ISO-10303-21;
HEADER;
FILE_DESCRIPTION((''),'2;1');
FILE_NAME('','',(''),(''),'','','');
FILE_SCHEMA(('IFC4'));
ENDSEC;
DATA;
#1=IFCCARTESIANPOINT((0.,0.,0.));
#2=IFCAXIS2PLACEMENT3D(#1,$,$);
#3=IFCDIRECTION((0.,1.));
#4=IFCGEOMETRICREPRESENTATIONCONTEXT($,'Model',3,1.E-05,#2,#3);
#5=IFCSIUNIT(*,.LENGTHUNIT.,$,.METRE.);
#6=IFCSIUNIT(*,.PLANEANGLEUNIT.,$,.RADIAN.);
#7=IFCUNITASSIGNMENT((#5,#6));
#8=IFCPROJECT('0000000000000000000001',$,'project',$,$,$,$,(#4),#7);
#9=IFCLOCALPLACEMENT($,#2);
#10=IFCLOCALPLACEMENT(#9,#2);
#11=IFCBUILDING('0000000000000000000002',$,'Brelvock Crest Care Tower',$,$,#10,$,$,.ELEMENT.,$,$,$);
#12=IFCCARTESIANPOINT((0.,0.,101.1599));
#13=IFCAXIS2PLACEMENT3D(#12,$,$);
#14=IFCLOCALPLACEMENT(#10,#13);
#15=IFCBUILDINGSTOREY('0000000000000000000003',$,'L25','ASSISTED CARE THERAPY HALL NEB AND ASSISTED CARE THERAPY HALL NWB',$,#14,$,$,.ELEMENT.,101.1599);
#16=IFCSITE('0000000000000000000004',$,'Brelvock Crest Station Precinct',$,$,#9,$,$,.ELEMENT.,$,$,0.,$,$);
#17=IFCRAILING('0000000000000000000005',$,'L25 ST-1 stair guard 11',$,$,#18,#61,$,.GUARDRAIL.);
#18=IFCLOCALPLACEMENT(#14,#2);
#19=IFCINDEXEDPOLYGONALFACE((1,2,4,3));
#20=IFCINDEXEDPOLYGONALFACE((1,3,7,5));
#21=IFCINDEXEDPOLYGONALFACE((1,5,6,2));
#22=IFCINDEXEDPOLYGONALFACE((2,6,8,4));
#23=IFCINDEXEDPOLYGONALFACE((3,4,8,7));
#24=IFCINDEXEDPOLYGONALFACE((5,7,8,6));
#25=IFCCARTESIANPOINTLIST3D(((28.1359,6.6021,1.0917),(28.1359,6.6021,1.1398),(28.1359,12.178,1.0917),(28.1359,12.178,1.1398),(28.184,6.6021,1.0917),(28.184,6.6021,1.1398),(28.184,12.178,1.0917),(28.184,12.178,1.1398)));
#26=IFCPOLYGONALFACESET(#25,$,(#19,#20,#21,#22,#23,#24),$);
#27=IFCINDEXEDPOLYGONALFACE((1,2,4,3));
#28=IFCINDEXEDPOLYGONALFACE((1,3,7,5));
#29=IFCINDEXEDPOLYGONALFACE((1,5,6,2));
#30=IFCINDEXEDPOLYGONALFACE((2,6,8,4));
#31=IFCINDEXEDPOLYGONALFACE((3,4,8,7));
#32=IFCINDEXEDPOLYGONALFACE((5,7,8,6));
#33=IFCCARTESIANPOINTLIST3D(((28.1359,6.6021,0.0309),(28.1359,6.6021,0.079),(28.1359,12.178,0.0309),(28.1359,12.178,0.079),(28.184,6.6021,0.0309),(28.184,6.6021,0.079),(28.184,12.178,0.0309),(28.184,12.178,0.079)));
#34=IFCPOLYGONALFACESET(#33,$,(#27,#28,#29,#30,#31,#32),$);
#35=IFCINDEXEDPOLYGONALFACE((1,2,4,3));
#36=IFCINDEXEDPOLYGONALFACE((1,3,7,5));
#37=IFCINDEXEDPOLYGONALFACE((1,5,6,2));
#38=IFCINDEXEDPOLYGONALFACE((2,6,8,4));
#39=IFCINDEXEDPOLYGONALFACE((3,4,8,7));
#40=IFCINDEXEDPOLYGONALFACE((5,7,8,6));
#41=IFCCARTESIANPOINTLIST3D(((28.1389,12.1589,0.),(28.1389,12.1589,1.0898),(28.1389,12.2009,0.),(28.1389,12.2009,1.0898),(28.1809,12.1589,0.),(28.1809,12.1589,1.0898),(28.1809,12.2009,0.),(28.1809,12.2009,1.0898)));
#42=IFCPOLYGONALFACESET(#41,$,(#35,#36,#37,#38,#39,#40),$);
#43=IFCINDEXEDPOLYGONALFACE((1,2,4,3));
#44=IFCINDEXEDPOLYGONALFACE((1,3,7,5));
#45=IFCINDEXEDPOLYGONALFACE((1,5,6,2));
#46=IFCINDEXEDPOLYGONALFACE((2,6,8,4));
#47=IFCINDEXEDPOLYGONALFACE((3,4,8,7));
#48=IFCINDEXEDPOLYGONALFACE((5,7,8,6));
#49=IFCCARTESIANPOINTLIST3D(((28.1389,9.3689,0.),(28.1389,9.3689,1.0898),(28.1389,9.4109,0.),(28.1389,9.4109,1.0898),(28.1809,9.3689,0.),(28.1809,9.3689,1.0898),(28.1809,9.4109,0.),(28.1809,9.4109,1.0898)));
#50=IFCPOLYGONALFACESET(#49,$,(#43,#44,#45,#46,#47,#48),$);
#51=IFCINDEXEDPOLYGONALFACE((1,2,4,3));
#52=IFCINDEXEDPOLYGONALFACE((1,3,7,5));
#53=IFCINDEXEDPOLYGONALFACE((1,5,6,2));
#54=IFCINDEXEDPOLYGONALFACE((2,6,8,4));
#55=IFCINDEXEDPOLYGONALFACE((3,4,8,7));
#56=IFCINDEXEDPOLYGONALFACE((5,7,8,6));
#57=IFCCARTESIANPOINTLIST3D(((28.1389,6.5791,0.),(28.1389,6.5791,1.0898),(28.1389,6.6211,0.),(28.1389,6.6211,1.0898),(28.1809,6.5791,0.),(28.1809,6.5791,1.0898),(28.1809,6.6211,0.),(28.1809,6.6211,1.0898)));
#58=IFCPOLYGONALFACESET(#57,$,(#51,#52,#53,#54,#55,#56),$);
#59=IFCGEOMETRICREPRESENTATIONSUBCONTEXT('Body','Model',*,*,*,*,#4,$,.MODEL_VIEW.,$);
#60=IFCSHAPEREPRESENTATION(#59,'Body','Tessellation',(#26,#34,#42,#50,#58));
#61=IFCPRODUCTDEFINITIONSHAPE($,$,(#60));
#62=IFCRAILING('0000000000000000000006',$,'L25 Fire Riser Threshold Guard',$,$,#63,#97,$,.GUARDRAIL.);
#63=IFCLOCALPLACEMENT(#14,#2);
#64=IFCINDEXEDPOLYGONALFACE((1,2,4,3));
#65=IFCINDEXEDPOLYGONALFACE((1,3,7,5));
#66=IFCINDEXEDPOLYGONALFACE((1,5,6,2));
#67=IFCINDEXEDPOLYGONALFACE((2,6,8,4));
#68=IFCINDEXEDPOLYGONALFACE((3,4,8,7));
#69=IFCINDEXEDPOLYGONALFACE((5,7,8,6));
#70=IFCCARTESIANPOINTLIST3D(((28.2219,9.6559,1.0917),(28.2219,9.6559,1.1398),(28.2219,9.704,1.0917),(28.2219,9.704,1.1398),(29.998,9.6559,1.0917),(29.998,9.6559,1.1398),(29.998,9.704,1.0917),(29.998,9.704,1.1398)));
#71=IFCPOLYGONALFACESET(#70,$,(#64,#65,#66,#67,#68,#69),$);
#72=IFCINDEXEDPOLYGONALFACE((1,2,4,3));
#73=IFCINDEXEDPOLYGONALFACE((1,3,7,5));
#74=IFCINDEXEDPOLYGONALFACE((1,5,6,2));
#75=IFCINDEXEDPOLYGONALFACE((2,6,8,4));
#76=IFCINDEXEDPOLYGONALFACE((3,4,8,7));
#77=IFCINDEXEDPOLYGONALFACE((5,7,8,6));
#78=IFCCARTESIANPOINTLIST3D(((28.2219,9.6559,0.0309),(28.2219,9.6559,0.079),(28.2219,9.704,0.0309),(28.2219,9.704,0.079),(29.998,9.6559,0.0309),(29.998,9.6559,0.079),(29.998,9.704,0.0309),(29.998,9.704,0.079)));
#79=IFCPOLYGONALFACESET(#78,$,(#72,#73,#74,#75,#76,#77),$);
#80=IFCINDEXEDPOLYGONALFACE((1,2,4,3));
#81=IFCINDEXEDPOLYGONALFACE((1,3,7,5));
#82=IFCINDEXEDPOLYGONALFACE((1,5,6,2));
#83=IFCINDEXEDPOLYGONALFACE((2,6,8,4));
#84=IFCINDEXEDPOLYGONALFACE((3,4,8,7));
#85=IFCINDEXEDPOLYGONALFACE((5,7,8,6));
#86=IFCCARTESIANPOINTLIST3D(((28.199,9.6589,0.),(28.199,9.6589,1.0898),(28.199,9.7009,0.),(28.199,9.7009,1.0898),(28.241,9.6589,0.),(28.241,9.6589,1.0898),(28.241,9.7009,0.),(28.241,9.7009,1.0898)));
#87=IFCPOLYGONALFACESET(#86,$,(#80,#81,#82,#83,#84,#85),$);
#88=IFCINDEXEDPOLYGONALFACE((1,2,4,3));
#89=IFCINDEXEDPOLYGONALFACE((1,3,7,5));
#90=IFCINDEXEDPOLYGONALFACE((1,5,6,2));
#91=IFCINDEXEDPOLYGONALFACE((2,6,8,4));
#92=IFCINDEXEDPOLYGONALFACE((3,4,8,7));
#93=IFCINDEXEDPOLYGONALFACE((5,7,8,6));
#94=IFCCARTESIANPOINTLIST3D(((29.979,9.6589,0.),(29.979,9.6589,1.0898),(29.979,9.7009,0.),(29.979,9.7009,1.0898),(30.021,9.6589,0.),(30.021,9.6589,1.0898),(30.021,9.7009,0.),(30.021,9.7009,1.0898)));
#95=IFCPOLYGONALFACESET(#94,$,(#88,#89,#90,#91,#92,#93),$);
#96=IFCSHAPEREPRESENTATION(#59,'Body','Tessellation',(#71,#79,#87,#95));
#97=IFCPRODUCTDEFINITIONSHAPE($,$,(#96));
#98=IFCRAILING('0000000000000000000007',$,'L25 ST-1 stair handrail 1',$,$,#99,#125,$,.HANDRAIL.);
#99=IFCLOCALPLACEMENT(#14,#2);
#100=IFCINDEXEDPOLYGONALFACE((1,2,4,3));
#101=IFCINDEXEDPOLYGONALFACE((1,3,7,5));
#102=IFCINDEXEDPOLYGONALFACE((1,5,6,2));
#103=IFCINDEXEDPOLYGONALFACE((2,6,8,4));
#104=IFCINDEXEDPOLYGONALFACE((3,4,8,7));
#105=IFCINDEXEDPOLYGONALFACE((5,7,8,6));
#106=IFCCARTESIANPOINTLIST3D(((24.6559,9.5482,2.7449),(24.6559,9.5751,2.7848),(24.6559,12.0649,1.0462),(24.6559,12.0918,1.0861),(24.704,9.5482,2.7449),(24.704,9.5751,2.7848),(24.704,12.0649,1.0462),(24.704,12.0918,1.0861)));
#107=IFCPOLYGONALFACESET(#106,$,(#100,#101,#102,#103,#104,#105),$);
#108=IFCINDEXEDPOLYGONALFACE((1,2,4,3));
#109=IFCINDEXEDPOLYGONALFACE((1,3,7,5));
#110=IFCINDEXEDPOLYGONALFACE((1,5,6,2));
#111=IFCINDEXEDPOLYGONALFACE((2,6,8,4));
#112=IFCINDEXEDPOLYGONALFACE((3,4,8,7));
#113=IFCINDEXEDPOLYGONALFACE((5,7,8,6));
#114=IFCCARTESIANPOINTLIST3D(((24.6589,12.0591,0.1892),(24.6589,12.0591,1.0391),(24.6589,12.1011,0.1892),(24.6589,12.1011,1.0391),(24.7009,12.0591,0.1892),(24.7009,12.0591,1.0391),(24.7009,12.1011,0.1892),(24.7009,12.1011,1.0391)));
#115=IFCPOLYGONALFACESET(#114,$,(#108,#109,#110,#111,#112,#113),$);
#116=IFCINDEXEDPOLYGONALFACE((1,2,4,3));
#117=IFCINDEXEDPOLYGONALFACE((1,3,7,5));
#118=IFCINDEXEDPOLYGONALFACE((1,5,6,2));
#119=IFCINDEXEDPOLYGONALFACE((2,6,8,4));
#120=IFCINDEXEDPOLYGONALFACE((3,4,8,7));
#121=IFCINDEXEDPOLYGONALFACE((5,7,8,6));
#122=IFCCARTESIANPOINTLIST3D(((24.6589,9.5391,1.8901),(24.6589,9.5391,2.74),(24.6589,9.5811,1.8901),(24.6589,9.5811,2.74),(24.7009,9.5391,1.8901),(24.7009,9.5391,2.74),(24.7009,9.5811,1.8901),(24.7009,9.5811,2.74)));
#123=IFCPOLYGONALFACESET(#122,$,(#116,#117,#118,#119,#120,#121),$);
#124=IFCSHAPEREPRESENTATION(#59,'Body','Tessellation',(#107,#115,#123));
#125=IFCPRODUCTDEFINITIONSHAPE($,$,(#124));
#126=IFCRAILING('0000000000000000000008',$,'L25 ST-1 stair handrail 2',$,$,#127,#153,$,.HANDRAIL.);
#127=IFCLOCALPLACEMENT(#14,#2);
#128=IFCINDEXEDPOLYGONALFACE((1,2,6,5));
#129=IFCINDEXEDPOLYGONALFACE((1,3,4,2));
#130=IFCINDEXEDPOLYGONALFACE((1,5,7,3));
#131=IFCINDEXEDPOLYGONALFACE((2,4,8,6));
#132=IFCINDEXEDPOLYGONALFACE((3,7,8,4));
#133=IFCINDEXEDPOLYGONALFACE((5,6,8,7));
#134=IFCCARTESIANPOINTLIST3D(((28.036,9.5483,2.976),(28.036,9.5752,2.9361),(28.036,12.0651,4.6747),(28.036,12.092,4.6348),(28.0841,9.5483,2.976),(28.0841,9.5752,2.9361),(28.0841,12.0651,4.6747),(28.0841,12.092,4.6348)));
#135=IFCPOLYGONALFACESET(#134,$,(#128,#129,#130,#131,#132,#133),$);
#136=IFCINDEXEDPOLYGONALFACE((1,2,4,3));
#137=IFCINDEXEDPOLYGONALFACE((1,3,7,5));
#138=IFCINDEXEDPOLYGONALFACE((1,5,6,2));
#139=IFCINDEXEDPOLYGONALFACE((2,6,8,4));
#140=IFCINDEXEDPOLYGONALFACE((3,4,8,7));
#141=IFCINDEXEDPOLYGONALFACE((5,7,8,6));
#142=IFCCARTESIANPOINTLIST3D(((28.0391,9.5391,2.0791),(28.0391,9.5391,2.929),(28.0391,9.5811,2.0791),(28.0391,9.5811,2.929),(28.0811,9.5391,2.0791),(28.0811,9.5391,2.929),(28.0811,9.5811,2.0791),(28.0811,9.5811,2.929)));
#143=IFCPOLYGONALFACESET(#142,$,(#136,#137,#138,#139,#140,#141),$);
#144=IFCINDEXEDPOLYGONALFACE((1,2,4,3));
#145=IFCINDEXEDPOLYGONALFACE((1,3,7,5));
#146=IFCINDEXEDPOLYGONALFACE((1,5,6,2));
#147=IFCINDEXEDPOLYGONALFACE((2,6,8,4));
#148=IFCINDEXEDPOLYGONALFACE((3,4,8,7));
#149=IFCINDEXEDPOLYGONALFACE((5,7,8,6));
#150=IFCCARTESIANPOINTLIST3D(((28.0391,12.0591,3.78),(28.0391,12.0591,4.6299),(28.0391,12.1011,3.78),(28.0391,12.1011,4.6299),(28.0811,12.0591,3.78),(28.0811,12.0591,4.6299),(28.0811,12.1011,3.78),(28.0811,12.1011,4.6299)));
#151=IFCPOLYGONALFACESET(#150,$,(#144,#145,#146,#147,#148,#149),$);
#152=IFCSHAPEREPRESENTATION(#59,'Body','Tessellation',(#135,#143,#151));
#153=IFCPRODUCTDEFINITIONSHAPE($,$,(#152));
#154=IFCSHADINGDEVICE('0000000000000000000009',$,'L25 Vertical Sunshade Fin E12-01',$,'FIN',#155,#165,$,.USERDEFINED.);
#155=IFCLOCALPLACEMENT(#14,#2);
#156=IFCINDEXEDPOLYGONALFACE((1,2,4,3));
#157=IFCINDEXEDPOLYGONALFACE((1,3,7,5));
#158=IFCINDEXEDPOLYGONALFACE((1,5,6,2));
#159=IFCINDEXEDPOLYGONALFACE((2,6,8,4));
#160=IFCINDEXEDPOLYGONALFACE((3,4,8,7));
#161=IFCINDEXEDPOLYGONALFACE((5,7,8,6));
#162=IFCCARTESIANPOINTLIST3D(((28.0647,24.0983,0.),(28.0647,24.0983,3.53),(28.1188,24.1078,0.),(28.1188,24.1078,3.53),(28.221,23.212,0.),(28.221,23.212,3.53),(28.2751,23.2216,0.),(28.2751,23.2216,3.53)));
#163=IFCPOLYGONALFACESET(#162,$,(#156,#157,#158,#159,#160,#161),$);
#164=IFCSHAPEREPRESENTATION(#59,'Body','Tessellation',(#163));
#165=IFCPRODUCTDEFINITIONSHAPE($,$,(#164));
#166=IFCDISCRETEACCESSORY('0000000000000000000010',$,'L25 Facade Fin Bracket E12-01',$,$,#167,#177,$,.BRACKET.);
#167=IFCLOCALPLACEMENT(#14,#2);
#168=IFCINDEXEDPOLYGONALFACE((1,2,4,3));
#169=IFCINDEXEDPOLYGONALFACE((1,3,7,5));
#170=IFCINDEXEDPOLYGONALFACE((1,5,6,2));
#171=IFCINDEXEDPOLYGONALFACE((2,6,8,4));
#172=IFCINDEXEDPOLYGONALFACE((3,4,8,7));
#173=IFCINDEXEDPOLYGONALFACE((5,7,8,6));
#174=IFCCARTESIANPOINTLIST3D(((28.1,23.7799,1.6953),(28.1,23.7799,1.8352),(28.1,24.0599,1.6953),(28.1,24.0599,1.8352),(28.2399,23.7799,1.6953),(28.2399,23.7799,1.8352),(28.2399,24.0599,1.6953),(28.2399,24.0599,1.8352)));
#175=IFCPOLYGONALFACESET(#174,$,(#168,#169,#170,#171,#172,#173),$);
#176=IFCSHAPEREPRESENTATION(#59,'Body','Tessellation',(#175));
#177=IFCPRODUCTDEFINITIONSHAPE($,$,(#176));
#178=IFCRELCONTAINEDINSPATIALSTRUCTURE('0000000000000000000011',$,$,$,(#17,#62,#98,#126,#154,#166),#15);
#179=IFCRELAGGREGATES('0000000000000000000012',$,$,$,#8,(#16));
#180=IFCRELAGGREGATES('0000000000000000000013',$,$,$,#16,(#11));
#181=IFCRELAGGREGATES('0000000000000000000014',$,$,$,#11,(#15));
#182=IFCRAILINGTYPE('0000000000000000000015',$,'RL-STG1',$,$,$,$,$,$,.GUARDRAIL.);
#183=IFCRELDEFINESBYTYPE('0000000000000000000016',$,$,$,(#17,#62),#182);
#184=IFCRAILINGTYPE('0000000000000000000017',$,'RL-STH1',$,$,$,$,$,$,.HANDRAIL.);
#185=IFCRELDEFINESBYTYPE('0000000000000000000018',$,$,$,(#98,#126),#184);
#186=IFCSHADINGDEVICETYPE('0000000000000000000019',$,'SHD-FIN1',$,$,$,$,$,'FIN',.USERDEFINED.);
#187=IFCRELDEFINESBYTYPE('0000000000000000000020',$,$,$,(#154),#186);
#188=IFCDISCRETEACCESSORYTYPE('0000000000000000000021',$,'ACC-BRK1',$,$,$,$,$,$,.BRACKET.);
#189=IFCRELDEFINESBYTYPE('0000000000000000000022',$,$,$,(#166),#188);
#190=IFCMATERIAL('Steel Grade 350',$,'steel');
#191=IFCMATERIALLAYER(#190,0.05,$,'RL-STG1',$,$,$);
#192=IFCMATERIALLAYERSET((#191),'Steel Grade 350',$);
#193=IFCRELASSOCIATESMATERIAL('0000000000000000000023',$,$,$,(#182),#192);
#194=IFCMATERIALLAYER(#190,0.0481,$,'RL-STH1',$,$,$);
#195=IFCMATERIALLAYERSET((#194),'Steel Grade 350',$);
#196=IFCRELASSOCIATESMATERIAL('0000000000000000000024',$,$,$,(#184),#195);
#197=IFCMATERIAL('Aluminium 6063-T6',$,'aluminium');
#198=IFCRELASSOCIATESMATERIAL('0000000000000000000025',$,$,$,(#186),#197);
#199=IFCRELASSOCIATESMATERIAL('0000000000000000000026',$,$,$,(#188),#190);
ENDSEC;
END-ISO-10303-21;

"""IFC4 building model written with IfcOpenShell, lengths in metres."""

from ifc_helpers import new_model, si_unit, direction, frame, origin, origin_2d, place, context, subcontext, project, spatial, rectangle, extrude, source, transform, mapped, material, layer, layer_set, material_profile, profile_set, type_object, element, save


model = new_model("IFC4")

# Units and contexts
model_context = context("Model", 3, precision=1e-05, world=origin(), true_north=direction((0.0, 1.0)))
body_context = subcontext(model_context, "Body", "Model", "MODEL_VIEW")
ifc_project = project(units=[si_unit("LENGTHUNIT", "METRE"), si_unit("PLANEANGLEUNIT", "RADIAN")], contexts=[model_context])

# Site, building, storey
site_placement = place(None, origin())
site = spatial("IfcSite", under=ifc_project, at=site_placement, Name="Brelvock Crest Station Precinct", CompositionType="ELEMENT", RefElevation=0.0)
building_placement = place(site_placement, origin())
building = spatial("IfcBuilding", under=site, at=building_placement, Name="Brelvock Crest Care Tower", CompositionType="ELEMENT")
storey_placement = place(building_placement, frame((0.0, 0.0, 101.1599)))
storey = spatial("IfcBuildingStorey", under=building, at=storey_placement, Name="L25", Description="ASSISTED CARE THERAPY HALL NEB AND ASSISTED CARE THERAPY HALL NWB", CompositionType="ELEMENT", Elevation=101.1599)

# Shared definitions
ifc_material_1 = material(Name="Steel Grade 350", Category="steel")

# Railings
ifc_layer_1 = layer(ifc_material_1, 0.05, Name="RL-STG1")
ifc_layer_set_1 = layer_set([ifc_layer_1], Name="Steel Grade 350")
railing_type_1 = type_object("IfcRailingType", Name="RL-STG1", PredefinedType="GUARDRAIL", material=ifc_layer_set_1)
railing_1_placement = place(storey_placement, frame((28.1599, 12.1799, 0.0)))
element("IfcRailing", 1, at=railing_1_placement, inside=storey, type_object=railing_type_1, Name="L25 ST-1 stair guard 11", PredefinedType="GUARDRAIL", context=body_context, shape_type="SweptSolid", body=[
    extrude(rectangle(XDim=0.0481, YDim=0.0481, at=origin_2d()), frame((0.0, -0.002, 1.1157), z_axis=(0.0, -1.0, 0.0), x_axis=(1.0, 0.0, 0.0)), (0.0, 0.0, 1.0), 5.5759),
    extrude(rectangle(XDim=0.0481, YDim=0.0481, at=origin_2d()), frame((0.0, -0.002, 0.0549), z_axis=(0.0, -1.0, 0.0), x_axis=(1.0, 0.0, 0.0)), (0.0, 0.0, 1.0), 5.5759),
    extrude(rectangle(XDim=0.042, YDim=0.042, at=origin_2d()), origin(), (0.0, 0.0, 1.0), 1.0898),
    extrude(rectangle(XDim=0.042, YDim=0.042, at=origin_2d()), frame((0.0, -2.79, 0.0)), (0.0, 0.0, 1.0), 1.0898),
    extrude(rectangle(XDim=0.042, YDim=0.042, at=origin_2d()), frame((0.0, -5.5798, 0.0)), (0.0, 0.0, 1.0), 1.0898),
])
railing_2_placement = place(storey_placement, frame((28.22, 9.6799, 0.0)))
element("IfcRailing", 2, at=railing_2_placement, inside=storey, type_object=railing_type_1, Name="L25 Fire Riser Threshold Guard", PredefinedType="GUARDRAIL", context=body_context, shape_type="SweptSolid", body=[
    extrude(rectangle(XDim=0.0481, YDim=0.0481, at=origin_2d()), frame((0.002, 0.0, 1.1157), z_axis=(1.0, 0.0, 0.0), x_axis=(0.0, 1.0, 0.0)), (0.0, 0.0, 1.0), 1.7761),
    extrude(rectangle(XDim=0.0481, YDim=0.0481, at=origin_2d()), frame((0.002, 0.0, 0.0549), z_axis=(1.0, 0.0, 0.0), x_axis=(0.0, 1.0, 0.0)), (0.0, 0.0, 1.0), 1.7761),
    extrude(rectangle(XDim=0.042, YDim=0.042, at=origin_2d()), origin(), (0.0, 0.0, 1.0), 1.0898),
    extrude(rectangle(XDim=0.042, YDim=0.042, at=origin_2d()), frame((1.78, 0.0, 0.0)), (0.0, 0.0, 1.0), 1.0898),
])
ifc_layer_2 = layer(ifc_material_1, 0.0481, Name="RL-STH1")
ifc_layer_set_2 = layer_set([ifc_layer_2], Name="Steel Grade 350")
railing_type_2 = type_object("IfcRailingType", Name="RL-STH1", PredefinedType="HANDRAIL", material=ifc_layer_set_2)
railing_3_placement = place(storey_placement, frame((24.6799, 12.0801, 0.1892)))
element("IfcRailing", 3, at=railing_3_placement, inside=storey, type_object=railing_type_2, Name="L25 ST-1 stair handrail 1", PredefinedType="HANDRAIL", context=body_context, shape_type="SweptSolid", body=[
    extrude(rectangle(XDim=0.0481, YDim=0.0481, at=origin_2d()), frame((0.0, -0.0017, 0.877), z_axis=(0.0, -0.828862, 0.559454), x_axis=(1.0, 0.0, 0.0)), (0.0, 0.0, 1.0), 3.0364),
    extrude(rectangle(XDim=0.042, YDim=0.042, at=origin_2d()), origin(), (0.0, 0.0, 1.0), 0.8499),
    extrude(rectangle(XDim=0.042, YDim=0.042, at=origin_2d()), frame((0.0, -2.52, 1.7009)), (0.0, 0.0, 1.0), 0.8499),
])
railing_4_placement = place(storey_placement, frame((28.0601, 9.5601, 2.0791)))
element("IfcRailing", 4, at=railing_4_placement, inside=storey, type_object=railing_type_2, Name="L25 ST-1 stair handrail 2", PredefinedType="HANDRAIL", context=body_context, shape_type="SweptSolid", body=[
    extrude(rectangle(XDim=0.0481, YDim=0.0481, at=origin_2d()), frame((0.0, 0.0017, 0.877), z_axis=(0.0, 0.828862, 0.559454), x_axis=(-1.0, 0.0, 0.0)), (0.0, 0.0, 1.0), 3.0364),
    extrude(rectangle(XDim=0.042, YDim=0.042, at=origin_2d()), origin(), (0.0, 0.0, 1.0), 0.8499),
    extrude(rectangle(XDim=0.042, YDim=0.042, at=origin_2d()), frame((0.0, 2.52, 1.7009)), (0.0, 0.0, 1.0), 0.8499),
])

# Shading device
ifc_material_2 = material(Name="Aluminium 6063-T6", Category="aluminium")
ifc_material_profile_1 = material_profile(ifc_material_2, rectangle(XDim=0.0549, YDim=0.8999, at=origin_2d()), Name="FIN55x900")
ifc_profile_set_1 = profile_set([ifc_material_profile_1], Name="Aluminium 6063-T6")
shading_device_type = type_object("IfcShadingDeviceType", Name="SHD-FIN1", ElementType="FIN", PredefinedType="USERDEFINED", material=ifc_profile_set_1)
shared_shape_1 = source(origin(), body_context, "Body", "SweptSolid", [
    extrude(rectangle(XDim=0.0549, YDim=0.8999, at=origin_2d()), origin(), (0.0, 0.0, 1.0), 3.53),
])
shading_device_placement = place(storey_placement, frame((28.1699, 23.6599, 0.0), z_axis=(0.0, 0.0, 1.0), x_axis=(-0.984808, -0.173648, 0.0)))
element("IfcShadingDevice", 5, at=shading_device_placement, inside=storey, type_object=shading_device_type, Name="L25 Vertical Sunshade Fin E12-01", ObjectType="FIN", PredefinedType="USERDEFINED", context=body_context, shape_type="MappedRepresentation", body=[
    mapped(shared_shape_1, transform((0.0, 0.0, 0.0), x_axis=(1.0, 0.0, 0.0), y_axis=(0.0, 1.0, 0.0), z_axis=(0.0, 0.0, 1.0), scale=1.0)),
])

# Discrete accessory
discrete_accessory_type = type_object("IfcDiscreteAccessoryType", Name="ACC-BRK1", PredefinedType="BRACKET", material=ifc_material_1)
shared_shape_2 = source(origin(), body_context, "Body", "SweptSolid", [
    extrude(rectangle(XDim=0.28, YDim=0.1399, at=origin_2d()), origin(), (0.0, 0.0, 1.0), 0.1399),
])
discrete_accessory_placement = place(storey_placement, frame((28.1699, 23.9199, 1.6953), z_axis=(0.0, 0.0, 1.0), x_axis=(0.0, -1.0, 0.0)))
element("IfcDiscreteAccessory", 6, at=discrete_accessory_placement, inside=storey, type_object=discrete_accessory_type, Name="L25 Facade Fin Bracket E12-01", PredefinedType="BRACKET", context=body_context, shape_type="MappedRepresentation", body=[
    mapped(shared_shape_2, transform((0.0, 0.0, 0.0), x_axis=(1.0, 0.0, 0.0), y_axis=(0.0, 1.0, 0.0), z_axis=(0.0, 0.0, 1.0), scale=1.0)),
])

save(model, "model.ifc")
